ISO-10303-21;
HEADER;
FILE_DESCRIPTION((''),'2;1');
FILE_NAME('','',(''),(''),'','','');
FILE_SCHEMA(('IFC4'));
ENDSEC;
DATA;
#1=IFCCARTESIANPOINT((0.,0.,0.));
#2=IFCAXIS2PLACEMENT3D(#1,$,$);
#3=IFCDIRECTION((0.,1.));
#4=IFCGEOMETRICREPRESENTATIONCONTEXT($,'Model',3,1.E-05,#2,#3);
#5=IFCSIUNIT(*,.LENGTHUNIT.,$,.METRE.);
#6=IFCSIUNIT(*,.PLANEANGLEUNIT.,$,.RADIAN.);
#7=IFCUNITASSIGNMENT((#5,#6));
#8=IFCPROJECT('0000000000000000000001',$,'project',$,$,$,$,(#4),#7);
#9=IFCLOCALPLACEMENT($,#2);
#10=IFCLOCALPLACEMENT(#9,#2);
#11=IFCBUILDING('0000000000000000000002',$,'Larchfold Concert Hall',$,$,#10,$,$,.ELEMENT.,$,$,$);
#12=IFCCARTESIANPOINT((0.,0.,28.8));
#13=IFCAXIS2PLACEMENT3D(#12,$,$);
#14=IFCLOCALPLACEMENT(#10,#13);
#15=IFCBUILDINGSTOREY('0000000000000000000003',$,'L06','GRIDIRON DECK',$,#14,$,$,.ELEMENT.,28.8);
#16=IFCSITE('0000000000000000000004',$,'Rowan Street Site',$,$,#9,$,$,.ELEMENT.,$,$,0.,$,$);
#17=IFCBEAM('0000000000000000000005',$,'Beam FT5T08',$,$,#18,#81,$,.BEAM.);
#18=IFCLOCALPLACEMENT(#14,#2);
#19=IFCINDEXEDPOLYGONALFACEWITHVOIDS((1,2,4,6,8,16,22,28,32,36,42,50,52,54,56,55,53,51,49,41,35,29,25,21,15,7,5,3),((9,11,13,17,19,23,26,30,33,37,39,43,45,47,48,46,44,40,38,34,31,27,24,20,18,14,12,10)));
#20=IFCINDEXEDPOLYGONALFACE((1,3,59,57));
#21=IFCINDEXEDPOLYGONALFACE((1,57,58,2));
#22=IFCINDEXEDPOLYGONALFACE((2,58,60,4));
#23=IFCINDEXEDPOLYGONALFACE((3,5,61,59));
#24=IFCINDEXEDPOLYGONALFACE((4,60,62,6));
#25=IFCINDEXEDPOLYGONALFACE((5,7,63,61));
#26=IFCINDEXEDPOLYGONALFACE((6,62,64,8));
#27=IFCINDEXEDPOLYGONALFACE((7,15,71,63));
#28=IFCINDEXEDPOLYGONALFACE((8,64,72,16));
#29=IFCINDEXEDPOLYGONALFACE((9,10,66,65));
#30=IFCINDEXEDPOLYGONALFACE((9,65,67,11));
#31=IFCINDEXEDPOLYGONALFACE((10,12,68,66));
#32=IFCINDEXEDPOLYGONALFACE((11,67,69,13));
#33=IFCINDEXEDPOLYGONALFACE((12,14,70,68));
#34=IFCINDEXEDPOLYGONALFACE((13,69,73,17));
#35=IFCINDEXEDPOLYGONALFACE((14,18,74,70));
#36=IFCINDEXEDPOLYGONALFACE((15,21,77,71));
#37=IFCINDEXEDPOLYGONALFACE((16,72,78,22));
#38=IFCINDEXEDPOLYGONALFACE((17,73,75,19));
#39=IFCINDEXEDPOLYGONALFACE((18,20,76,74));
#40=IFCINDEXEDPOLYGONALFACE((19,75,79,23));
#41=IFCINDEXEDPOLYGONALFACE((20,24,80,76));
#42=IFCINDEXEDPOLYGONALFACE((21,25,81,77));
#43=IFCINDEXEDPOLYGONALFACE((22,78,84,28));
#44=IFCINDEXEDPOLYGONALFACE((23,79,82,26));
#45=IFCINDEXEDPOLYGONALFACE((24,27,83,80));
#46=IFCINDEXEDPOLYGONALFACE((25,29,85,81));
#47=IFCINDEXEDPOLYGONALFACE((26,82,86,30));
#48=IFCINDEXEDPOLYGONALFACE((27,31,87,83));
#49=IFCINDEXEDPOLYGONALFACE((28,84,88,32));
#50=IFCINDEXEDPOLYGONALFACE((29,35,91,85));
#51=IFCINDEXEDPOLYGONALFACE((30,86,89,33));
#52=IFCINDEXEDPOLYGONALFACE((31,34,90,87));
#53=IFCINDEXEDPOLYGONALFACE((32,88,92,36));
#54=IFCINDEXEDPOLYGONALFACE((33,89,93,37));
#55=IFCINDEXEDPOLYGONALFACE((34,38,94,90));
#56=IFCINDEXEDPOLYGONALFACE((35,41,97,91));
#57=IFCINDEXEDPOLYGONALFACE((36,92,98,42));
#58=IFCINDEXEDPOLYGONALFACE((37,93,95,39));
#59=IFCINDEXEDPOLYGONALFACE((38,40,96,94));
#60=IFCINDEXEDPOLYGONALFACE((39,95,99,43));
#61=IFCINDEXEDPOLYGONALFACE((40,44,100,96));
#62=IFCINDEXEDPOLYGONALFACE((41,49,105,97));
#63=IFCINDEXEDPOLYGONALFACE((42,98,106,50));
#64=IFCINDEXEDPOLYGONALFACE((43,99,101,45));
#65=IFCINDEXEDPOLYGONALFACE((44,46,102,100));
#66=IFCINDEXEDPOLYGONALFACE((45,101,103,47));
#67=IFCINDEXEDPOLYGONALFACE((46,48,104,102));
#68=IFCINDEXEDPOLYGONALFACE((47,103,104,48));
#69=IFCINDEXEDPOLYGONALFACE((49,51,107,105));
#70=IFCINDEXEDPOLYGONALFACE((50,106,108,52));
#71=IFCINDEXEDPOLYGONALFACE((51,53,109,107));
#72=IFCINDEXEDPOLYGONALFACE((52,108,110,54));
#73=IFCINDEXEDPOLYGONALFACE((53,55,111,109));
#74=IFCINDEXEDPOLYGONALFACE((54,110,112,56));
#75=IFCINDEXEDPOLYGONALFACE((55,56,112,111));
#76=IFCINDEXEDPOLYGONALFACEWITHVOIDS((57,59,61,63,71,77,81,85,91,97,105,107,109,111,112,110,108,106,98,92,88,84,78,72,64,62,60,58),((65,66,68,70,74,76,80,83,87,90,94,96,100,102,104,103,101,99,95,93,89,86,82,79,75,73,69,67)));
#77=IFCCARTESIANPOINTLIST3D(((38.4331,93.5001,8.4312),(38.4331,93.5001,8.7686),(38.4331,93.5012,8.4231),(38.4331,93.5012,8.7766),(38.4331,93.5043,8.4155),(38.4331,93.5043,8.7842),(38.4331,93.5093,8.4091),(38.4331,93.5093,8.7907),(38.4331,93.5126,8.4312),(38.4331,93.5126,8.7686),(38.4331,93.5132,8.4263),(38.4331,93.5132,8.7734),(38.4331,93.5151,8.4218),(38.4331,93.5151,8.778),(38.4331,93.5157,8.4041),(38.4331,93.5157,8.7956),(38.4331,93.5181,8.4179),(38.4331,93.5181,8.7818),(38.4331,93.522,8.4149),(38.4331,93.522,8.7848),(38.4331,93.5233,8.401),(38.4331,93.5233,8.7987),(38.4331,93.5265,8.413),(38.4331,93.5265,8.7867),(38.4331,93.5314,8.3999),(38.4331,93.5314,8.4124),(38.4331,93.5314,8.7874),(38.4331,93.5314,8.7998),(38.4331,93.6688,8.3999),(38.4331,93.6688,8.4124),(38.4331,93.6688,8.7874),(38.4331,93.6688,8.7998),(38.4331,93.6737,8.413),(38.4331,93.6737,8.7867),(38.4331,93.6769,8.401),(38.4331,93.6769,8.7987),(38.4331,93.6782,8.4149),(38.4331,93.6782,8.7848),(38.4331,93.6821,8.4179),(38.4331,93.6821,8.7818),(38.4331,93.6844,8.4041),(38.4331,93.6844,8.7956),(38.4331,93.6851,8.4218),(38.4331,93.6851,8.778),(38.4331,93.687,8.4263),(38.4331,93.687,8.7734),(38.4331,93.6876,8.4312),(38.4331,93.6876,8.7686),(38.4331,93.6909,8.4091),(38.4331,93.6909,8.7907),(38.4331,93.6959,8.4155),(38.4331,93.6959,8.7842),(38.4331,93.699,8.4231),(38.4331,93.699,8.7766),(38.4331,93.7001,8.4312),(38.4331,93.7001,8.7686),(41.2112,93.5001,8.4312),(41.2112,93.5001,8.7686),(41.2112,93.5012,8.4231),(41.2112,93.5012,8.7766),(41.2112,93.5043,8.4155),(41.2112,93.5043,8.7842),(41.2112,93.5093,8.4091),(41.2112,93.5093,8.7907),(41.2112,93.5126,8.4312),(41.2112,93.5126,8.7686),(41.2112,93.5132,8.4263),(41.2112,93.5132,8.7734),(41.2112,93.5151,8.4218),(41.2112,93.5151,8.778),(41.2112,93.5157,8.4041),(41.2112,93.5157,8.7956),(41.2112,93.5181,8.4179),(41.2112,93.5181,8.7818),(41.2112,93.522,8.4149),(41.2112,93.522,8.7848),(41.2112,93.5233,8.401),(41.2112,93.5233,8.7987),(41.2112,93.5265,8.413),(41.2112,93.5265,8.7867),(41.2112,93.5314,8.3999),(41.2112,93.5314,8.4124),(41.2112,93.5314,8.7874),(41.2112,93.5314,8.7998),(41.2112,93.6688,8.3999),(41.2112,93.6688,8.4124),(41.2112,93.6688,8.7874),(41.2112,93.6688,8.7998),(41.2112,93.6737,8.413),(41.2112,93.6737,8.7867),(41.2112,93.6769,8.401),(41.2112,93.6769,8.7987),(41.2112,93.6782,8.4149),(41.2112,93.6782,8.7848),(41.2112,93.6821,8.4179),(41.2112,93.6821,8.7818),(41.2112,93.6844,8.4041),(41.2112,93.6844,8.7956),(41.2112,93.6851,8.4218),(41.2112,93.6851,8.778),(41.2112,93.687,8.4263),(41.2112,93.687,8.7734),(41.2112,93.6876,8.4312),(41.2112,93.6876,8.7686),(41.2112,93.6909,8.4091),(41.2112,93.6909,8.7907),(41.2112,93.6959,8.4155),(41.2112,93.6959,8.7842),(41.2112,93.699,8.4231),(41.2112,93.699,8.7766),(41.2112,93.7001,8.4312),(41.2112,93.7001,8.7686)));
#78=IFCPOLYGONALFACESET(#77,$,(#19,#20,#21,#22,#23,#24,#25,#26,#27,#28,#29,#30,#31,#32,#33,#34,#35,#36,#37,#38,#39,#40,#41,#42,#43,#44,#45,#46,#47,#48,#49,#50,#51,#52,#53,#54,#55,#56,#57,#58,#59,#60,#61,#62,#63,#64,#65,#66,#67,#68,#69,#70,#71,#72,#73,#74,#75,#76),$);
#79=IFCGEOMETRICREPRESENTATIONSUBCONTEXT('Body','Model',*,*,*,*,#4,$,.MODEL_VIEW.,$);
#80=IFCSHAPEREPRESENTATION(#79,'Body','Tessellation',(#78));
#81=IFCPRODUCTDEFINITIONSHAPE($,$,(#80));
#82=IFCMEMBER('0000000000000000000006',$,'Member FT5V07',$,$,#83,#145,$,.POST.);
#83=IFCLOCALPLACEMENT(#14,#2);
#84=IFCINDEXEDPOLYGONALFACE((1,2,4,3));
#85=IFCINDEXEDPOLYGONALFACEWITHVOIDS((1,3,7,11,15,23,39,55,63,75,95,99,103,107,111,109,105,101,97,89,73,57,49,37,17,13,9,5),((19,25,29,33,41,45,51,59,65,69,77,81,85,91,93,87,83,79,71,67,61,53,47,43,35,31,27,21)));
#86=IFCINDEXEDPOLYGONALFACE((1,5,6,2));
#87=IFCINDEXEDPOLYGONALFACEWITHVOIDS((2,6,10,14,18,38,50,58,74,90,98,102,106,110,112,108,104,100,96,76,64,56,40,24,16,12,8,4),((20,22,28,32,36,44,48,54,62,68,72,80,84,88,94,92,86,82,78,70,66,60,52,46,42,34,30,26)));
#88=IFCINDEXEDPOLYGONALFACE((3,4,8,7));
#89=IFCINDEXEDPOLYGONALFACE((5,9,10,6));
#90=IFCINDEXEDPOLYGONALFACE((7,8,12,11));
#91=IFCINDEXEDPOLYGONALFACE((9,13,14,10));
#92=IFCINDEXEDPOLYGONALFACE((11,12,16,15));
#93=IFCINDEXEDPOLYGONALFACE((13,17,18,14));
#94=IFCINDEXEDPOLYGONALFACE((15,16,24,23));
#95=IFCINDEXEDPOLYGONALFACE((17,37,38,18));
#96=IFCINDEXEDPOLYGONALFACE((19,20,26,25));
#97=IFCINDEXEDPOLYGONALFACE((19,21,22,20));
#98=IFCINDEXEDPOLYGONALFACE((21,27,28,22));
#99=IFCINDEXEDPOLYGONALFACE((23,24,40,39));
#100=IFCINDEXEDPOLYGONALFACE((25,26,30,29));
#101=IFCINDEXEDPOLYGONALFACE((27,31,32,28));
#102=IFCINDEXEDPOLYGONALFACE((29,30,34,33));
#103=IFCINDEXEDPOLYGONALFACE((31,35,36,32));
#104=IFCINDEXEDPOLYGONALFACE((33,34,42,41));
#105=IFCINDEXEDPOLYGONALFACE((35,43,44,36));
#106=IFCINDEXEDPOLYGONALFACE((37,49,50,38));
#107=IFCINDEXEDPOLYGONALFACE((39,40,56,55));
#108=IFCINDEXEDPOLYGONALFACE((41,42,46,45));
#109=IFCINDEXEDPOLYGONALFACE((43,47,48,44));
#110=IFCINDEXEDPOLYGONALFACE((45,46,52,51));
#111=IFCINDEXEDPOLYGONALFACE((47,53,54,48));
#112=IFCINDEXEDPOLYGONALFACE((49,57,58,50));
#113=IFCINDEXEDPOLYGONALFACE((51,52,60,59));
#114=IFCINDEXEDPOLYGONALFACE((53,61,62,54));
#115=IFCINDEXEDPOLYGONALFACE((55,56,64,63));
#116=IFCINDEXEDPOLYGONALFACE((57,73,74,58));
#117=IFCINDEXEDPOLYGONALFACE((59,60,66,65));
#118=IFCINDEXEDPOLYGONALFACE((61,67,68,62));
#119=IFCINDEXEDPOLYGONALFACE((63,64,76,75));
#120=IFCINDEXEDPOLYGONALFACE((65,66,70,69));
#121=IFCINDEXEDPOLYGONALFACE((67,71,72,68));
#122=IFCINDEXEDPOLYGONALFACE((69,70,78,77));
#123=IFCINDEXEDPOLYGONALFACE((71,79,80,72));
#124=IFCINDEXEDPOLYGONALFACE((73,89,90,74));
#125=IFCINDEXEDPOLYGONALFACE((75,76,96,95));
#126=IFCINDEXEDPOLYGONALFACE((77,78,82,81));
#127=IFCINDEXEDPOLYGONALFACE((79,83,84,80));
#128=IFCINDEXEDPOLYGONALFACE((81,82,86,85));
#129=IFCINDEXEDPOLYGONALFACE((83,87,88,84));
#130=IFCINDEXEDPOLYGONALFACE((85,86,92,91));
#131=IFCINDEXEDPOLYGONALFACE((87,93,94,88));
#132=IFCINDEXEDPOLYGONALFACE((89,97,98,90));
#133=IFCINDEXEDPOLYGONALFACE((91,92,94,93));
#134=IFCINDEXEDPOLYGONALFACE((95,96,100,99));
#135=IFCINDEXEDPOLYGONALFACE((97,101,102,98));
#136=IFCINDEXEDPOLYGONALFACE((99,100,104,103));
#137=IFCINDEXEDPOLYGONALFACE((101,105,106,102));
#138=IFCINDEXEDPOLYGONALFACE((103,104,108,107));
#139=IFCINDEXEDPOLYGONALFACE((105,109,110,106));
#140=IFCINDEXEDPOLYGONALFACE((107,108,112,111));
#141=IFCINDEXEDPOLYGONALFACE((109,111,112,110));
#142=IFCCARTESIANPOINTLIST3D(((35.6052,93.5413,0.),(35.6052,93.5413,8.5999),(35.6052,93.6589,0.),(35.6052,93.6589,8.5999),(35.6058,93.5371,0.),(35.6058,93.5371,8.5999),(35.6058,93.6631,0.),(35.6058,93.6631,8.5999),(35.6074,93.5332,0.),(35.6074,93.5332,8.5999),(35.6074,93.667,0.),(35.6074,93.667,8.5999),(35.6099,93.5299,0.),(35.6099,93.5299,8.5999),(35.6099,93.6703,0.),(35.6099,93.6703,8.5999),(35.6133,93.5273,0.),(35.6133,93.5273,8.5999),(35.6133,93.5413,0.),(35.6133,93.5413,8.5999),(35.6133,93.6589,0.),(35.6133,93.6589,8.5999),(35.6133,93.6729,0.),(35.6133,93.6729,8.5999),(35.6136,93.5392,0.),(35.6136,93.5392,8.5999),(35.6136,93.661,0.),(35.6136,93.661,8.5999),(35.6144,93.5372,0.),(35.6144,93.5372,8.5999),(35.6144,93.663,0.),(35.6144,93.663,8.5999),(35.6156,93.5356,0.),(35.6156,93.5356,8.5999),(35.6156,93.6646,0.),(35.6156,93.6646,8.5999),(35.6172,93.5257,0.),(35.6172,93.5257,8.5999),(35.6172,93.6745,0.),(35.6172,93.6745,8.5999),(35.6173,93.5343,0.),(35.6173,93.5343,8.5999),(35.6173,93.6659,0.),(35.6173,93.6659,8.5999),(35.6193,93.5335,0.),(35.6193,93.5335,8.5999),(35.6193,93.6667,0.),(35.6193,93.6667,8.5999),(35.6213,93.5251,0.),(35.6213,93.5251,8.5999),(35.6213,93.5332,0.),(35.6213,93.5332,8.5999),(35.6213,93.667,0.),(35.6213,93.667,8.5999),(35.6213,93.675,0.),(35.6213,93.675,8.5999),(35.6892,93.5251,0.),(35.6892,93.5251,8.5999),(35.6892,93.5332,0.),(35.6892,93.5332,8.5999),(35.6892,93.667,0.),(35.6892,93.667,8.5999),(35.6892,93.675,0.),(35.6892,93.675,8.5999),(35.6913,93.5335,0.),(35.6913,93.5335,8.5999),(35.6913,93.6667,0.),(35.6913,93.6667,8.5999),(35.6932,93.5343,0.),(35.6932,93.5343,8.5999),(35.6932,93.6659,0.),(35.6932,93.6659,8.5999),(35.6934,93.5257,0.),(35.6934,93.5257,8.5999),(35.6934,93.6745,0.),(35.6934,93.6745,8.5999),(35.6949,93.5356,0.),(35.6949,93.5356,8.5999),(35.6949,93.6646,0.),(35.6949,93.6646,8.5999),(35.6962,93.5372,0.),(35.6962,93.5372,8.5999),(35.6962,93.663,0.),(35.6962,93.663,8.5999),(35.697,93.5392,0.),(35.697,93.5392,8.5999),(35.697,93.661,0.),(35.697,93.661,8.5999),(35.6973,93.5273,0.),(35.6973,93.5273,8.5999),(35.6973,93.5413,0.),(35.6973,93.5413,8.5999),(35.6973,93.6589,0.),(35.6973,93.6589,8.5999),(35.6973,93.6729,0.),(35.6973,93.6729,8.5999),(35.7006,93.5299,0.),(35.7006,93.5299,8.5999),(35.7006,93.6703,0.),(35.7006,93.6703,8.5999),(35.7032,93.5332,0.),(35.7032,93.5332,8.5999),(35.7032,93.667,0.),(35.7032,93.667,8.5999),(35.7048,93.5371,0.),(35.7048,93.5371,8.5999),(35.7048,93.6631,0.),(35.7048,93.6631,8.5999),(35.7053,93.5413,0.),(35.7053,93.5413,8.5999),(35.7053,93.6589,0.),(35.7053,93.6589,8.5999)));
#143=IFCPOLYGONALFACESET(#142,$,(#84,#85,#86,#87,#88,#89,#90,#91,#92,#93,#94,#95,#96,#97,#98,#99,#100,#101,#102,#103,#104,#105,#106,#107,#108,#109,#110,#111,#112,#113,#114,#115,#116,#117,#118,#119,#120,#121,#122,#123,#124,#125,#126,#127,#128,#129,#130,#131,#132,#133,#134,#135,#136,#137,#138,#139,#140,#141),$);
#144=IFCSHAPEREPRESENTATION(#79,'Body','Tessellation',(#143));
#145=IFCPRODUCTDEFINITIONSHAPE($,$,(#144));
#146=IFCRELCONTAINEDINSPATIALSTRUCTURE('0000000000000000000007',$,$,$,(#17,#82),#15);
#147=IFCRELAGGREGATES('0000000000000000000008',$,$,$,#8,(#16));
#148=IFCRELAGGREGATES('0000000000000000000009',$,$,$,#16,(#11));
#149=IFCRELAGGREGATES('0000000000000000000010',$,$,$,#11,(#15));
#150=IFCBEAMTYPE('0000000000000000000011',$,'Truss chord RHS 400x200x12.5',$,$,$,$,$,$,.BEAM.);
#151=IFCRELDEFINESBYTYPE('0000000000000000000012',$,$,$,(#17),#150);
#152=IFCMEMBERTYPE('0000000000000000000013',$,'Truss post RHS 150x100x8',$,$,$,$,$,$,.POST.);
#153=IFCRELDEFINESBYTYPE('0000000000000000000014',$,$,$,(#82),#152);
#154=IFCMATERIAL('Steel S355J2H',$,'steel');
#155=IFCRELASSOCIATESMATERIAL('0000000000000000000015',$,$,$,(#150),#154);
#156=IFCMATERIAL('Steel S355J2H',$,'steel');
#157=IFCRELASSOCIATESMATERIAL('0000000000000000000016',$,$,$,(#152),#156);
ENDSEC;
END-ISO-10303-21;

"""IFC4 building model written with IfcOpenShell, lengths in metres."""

from ifc_helpers import new_model, si_unit, direction, frame, origin, origin_2d, place, context, subcontext, project, spatial, hollow_rectangle, extrude, material, material_profile, profile_set, type_object, element, save


model = new_model("IFC4")

# Units and contexts
model_context = context("Model", 3, precision=1e-05, world=origin(), true_north=direction((0.0, 1.0)))
body_context = subcontext(model_context, "Body", "Model", "MODEL_VIEW")
ifc_project = project(units=[si_unit("LENGTHUNIT", "METRE"), si_unit("PLANEANGLEUNIT", "RADIAN")], contexts=[model_context])

# Site, building, storey
site_placement = place(None, origin())
site = spatial("IfcSite", under=ifc_project, at=site_placement, Name="Rowan Street Site", CompositionType="ELEMENT", RefElevation=0.0)
building_placement = place(site_placement, origin())
building = spatial("IfcBuilding", under=site, at=building_placement, Name="Larchfold Concert Hall", CompositionType="ELEMENT")
storey_placement = place(building_placement, frame((0.0, 0.0, 28.8)))
storey = spatial("IfcBuildingStorey", under=building, at=storey_placement, Name="L06", Description="GRIDIRON DECK", CompositionType="ELEMENT", Elevation=28.8)

# Beam
ifc_material_1 = material(Name="Steel S355J2H", Category="steel")
ifc_material_profile_1 = material_profile(ifc_material_1, hollow_rectangle(XDim=0.2, YDim=0.3999, WallThickness=0.0125, InnerFilletRadius=0.0188, OuterFilletRadius=0.0312, at=origin_2d()))
ifc_profile_set_1 = profile_set([ifc_material_profile_1], Name="Steel S355J2H")
beam_type_1 = type_object("IfcBeamType", Name="Truss chord RHS 400x200x12.5", PredefinedType="BEAM", material=ifc_profile_set_1)
beam_1_placement = place(storey_placement, frame((38.4331, 93.6001, 8.5999), z_axis=(1.0, 0.0, 0.0), x_axis=(0.0, 1.0, 0.0)))
element("IfcBeam", 1, at=beam_1_placement, inside=storey, type_object=beam_type_1, Name="Beam FT5T08", PredefinedType="BEAM", context=body_context, shape_type="SweptSolid", body=[
    extrude(hollow_rectangle(XDim=0.2, YDim=0.3999, WallThickness=0.0125, InnerFilletRadius=0.0188, OuterFilletRadius=0.0312, at=origin_2d()), origin(), (0.0, 0.0, 1.0), 2.7781),
])

# Member
ifc_material_2 = material(Name="Steel S355J2H", Category="steel")
ifc_material_profile_2 = material_profile(ifc_material_2, hollow_rectangle(XDim=0.1001, YDim=0.1499, WallThickness=0.0081, InnerFilletRadius=0.0081, OuterFilletRadius=0.0161, at=origin_2d()))
ifc_profile_set_2 = profile_set([ifc_material_profile_2], Name="Steel S355J2H")
member_type_1 = type_object("IfcMemberType", Name="Truss post RHS 150x100x8", PredefinedType="POST", material=ifc_profile_set_2)
for number, where, z_axis, x_axis, name in (
    (2, (35.6553, 93.6001, 8.5999), (0.0, 0.0, -1.0), (1.0, 0.0, 0.0), "Member FT5V07"),
):
    element("IfcMember", number, at=place(storey_placement, frame(where, z_axis=z_axis, x_axis=x_axis)), inside=storey, type_object=member_type_1, Name=name, PredefinedType="POST", context=body_context, shape_type="SweptSolid", body=[
        extrude(hollow_rectangle(XDim=0.1001, YDim=0.1499, WallThickness=0.0081, InnerFilletRadius=0.0081, OuterFilletRadius=0.0161, at=origin_2d()), origin(), (0.0, 0.0, 1.0), 8.5999),
    ])

save(model, "model.ifc")
